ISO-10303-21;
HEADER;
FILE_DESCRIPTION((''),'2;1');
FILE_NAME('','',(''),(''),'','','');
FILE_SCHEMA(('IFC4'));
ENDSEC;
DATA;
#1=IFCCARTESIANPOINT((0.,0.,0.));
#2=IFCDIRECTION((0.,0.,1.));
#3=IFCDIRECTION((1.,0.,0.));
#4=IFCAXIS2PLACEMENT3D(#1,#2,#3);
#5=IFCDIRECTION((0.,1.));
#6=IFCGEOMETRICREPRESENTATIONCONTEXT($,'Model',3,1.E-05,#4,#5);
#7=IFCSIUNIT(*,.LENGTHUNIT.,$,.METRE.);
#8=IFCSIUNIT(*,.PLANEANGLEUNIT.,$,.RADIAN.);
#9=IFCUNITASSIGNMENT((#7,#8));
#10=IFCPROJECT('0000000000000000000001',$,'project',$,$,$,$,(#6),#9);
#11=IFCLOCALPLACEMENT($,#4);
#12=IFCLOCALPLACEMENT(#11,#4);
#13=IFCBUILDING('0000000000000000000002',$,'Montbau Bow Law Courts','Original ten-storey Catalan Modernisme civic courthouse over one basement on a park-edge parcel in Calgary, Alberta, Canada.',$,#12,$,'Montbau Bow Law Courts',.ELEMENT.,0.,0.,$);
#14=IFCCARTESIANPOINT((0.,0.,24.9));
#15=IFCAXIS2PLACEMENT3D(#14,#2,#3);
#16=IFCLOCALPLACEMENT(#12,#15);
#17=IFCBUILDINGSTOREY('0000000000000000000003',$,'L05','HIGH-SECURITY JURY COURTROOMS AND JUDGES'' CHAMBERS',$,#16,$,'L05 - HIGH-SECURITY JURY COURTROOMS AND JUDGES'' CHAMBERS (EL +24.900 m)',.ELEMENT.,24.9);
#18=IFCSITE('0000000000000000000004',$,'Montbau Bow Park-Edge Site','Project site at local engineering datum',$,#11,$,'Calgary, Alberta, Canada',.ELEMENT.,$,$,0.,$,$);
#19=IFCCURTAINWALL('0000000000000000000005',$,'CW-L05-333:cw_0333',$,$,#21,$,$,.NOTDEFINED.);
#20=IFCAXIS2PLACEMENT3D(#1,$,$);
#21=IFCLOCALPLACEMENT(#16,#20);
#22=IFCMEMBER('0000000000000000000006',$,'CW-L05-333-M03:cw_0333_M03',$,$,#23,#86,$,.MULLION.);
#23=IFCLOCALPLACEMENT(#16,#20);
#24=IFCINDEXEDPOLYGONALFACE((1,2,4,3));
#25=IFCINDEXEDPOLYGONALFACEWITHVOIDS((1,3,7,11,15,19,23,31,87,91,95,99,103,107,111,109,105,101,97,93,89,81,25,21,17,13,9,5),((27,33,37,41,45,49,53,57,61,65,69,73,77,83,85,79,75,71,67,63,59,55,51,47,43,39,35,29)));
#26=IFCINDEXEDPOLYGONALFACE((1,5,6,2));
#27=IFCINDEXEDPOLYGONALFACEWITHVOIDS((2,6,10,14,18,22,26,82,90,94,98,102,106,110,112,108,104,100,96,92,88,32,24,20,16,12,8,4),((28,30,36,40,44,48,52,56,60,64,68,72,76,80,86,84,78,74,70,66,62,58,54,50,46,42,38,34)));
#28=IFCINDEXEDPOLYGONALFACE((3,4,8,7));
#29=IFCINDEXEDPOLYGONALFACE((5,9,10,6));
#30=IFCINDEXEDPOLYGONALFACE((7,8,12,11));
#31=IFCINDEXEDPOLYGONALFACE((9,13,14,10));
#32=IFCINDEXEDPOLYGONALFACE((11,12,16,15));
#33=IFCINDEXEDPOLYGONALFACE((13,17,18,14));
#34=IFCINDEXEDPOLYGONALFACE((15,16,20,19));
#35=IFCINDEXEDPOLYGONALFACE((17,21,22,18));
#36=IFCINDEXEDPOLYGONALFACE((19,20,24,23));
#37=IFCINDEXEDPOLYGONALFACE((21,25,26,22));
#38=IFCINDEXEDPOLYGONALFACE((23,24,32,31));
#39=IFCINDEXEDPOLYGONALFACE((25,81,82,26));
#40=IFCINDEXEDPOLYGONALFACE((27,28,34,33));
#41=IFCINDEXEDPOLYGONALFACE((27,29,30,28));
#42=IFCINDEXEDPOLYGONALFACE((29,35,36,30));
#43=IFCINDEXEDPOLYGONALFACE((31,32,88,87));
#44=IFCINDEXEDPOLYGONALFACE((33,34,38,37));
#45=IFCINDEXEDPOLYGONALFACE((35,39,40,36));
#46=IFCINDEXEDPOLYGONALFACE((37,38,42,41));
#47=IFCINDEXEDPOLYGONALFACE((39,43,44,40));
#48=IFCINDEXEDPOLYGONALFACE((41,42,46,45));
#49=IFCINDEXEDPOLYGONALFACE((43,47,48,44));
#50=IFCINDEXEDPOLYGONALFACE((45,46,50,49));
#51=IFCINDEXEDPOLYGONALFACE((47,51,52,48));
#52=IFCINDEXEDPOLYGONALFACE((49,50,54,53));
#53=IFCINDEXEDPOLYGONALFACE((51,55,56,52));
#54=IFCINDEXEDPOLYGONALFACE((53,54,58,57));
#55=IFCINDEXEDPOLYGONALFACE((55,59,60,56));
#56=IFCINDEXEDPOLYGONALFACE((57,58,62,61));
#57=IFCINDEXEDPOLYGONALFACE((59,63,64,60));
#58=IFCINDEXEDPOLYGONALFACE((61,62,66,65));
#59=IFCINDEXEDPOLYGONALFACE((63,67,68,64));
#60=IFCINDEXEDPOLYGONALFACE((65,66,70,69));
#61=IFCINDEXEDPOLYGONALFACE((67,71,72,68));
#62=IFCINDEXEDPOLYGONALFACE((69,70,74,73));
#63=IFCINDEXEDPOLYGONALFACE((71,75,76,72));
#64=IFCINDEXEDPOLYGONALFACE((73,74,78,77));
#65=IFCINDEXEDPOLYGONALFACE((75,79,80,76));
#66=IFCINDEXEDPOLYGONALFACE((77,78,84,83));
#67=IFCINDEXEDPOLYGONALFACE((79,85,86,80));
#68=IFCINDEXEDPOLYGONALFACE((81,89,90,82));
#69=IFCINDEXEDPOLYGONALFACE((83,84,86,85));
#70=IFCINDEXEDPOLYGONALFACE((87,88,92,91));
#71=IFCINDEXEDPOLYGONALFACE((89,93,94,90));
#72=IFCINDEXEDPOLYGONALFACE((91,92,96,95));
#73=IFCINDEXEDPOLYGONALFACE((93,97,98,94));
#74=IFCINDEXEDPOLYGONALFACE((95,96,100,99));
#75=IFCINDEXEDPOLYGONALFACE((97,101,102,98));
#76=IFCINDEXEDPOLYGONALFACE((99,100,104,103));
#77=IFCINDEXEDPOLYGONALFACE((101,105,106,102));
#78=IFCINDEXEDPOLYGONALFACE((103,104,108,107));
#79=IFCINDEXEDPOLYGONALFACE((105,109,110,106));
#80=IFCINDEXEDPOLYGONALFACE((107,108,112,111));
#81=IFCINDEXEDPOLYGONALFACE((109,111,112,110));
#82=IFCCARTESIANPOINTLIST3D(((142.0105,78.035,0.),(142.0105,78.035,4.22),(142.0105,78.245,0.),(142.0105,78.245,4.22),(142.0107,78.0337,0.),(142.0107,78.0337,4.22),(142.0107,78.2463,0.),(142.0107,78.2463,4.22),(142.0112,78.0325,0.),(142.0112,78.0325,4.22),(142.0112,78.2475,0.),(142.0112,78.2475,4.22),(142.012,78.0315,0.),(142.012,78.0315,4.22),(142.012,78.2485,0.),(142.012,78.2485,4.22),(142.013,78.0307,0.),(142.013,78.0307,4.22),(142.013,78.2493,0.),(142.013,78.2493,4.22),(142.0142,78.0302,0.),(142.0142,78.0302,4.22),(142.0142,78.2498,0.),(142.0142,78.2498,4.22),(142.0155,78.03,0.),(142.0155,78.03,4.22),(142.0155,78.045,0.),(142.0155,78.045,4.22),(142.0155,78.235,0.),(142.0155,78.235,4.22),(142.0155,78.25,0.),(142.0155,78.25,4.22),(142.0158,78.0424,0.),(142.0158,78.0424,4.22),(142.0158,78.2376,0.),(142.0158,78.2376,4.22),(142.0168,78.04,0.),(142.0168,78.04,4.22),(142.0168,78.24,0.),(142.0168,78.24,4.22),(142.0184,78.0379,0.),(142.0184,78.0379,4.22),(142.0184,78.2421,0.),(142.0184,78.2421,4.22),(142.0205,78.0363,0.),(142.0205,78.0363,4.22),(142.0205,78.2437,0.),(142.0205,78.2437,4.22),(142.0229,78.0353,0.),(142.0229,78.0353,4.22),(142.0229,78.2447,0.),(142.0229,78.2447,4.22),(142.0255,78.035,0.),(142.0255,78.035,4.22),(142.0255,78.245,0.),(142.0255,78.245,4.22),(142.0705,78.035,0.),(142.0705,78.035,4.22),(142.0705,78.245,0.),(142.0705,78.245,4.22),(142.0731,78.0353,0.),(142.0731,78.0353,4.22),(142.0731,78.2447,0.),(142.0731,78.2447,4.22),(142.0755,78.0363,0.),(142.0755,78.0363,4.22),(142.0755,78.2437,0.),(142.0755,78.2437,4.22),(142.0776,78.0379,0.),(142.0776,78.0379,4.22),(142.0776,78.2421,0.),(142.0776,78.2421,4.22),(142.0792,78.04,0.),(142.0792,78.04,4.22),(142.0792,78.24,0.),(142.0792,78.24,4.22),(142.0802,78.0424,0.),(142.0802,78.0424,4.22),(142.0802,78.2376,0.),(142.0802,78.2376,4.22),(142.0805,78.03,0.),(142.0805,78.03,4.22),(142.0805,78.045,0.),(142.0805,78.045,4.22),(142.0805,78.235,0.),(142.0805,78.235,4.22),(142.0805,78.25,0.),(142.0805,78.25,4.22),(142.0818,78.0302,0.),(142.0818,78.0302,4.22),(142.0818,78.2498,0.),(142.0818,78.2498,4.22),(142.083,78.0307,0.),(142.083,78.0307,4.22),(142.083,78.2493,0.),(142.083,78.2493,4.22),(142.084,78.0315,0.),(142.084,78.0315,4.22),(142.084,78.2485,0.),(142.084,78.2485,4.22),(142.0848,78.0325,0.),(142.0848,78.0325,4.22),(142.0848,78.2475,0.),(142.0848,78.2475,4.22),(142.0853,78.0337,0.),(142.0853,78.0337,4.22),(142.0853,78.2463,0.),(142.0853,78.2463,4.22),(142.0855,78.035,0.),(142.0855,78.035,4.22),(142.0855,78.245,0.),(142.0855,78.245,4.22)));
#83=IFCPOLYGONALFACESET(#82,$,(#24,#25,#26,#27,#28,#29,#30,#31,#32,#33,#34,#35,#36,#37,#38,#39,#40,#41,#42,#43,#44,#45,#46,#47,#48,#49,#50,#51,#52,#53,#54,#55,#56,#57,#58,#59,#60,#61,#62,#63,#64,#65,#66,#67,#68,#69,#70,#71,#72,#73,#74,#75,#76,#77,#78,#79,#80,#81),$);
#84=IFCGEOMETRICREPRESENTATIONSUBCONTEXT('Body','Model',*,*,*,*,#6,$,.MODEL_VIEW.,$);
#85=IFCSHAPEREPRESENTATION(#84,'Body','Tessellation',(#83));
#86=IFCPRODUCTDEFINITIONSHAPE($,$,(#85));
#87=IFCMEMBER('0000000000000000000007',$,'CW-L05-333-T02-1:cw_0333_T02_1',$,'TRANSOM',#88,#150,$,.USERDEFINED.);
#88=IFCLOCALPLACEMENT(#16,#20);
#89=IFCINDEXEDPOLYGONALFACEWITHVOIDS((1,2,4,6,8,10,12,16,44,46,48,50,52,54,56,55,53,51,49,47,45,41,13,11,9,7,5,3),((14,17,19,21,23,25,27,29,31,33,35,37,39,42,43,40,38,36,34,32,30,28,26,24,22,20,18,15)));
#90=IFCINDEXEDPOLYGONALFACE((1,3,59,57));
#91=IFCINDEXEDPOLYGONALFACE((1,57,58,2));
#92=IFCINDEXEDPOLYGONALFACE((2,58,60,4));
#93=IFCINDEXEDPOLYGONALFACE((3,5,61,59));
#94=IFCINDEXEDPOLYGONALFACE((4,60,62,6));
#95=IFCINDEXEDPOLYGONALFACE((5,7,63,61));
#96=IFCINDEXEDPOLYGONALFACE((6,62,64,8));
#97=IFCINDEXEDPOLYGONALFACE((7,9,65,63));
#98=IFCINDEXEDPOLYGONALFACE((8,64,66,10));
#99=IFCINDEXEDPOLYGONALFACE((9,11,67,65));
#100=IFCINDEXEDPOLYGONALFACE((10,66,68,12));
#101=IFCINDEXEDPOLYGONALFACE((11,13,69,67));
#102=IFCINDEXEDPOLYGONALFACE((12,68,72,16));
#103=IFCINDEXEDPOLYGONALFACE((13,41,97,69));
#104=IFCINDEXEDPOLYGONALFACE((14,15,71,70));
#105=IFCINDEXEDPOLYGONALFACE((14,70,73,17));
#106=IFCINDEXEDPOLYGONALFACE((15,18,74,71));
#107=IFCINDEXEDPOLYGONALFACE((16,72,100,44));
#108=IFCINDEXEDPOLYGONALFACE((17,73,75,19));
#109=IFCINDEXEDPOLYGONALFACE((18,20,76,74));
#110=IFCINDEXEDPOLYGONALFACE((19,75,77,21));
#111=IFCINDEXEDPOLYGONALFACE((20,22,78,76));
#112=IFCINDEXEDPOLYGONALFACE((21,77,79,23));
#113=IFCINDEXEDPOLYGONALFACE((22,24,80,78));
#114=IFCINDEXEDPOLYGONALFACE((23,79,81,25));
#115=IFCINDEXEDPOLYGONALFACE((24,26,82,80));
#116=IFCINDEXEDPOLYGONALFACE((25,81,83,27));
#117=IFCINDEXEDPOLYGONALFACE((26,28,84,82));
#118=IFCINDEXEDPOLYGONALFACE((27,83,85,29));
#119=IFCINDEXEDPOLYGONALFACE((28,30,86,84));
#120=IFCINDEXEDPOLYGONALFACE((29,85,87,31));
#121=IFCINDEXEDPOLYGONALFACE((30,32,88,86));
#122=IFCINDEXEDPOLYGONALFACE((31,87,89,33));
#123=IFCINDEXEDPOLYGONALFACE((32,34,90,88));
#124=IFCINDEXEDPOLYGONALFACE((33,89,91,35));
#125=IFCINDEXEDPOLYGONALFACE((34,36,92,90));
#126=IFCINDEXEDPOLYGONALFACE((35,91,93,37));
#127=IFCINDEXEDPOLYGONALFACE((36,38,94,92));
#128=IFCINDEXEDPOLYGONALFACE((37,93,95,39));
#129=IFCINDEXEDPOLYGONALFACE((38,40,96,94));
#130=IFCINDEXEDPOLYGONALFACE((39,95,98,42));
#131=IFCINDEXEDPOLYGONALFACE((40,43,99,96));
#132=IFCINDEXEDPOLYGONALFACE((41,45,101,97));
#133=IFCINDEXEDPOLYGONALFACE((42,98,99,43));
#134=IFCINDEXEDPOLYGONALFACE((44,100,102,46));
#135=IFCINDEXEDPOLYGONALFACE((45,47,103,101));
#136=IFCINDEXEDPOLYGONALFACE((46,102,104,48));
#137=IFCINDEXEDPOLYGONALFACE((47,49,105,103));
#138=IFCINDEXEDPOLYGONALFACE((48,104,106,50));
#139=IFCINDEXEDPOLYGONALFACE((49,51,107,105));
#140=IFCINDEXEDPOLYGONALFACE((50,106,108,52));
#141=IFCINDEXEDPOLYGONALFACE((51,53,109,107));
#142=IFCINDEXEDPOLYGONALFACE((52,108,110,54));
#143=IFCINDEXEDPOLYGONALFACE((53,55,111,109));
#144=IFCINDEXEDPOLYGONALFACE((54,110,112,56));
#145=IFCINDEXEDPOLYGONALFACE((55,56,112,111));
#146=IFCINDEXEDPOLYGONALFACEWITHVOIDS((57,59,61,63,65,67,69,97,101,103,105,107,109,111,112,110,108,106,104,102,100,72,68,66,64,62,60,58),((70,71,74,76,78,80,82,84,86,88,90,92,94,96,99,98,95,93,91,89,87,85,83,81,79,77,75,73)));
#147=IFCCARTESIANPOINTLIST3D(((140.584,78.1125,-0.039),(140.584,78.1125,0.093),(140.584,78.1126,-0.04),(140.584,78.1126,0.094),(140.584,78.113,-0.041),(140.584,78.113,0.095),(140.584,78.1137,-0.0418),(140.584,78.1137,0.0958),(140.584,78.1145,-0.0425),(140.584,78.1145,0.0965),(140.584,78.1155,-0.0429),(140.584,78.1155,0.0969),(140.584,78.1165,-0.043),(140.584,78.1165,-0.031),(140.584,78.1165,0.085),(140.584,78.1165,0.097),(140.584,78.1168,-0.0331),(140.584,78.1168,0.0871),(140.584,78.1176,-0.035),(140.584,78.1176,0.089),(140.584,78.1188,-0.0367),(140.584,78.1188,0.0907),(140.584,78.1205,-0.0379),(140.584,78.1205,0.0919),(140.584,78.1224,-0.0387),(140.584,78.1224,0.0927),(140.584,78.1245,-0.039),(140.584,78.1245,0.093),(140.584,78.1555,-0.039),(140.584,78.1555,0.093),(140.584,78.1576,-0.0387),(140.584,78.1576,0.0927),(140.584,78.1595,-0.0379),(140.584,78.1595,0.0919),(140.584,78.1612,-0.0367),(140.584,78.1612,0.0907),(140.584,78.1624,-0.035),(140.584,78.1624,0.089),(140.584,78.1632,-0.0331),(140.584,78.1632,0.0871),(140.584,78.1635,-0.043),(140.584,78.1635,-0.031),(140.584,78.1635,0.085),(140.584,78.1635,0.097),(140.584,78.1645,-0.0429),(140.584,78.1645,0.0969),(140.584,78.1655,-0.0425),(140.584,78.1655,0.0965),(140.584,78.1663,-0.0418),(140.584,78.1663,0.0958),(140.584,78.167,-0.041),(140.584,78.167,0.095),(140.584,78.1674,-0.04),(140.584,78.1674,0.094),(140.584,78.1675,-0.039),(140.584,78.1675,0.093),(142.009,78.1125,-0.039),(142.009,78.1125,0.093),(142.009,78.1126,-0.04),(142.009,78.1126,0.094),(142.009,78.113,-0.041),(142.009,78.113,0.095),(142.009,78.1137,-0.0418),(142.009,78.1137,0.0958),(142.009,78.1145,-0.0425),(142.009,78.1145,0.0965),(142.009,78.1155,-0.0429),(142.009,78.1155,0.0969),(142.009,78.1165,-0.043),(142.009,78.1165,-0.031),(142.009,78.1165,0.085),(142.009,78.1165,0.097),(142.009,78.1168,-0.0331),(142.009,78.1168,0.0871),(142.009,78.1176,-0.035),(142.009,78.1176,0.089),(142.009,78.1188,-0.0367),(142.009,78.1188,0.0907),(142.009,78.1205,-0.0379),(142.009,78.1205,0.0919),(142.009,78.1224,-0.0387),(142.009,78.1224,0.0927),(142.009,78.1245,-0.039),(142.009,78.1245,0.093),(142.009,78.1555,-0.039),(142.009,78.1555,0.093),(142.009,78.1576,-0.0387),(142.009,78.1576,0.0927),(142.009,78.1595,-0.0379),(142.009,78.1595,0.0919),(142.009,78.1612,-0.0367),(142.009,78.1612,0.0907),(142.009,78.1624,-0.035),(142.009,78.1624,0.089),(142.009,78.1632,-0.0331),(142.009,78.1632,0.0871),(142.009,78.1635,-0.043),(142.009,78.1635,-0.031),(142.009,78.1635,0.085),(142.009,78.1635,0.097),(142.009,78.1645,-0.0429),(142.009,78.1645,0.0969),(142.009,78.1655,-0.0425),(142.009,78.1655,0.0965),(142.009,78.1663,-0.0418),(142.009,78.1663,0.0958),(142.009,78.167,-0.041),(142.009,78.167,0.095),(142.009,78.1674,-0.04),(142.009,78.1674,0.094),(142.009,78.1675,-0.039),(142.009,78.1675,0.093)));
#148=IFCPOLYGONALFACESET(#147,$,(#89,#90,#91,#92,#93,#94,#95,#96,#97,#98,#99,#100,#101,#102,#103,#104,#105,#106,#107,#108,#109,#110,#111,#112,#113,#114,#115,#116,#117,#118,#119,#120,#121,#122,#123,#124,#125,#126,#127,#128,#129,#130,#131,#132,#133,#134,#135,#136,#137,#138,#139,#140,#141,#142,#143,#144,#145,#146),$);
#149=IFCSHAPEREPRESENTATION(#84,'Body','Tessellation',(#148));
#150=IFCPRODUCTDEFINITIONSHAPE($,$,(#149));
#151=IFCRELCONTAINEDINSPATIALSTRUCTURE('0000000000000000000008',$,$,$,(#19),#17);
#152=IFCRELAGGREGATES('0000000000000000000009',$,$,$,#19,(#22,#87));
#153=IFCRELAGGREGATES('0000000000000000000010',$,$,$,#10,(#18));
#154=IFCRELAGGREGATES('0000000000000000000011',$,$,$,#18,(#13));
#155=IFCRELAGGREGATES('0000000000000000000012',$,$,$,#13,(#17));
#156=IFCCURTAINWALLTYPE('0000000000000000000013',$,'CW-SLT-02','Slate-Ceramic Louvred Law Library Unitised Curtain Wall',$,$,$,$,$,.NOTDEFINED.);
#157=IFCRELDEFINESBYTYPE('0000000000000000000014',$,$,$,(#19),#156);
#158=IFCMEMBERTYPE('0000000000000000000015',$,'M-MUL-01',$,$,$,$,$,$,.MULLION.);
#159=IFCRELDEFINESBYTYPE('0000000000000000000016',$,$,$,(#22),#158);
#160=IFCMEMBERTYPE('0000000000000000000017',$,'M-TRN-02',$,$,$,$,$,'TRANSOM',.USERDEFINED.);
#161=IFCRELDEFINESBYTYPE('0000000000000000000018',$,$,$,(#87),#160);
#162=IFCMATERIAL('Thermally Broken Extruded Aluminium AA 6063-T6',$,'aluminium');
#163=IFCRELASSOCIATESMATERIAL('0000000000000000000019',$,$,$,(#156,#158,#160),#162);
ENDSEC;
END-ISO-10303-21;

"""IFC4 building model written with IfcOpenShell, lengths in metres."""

from ifc_helpers import new_model, si_unit, direction, frame, origin_with_axes, origin_2d_with_axis, place, context, subcontext, project, spatial, hollow_rectangle, extrude, material, material_profile, profile_set, type_object, element, aggregate, save


model = new_model("IFC4")

# Units and contexts
model_context = context("Model", 3, precision=1e-05, world=origin_with_axes(), true_north=direction((0.0, 1.0)))
body_context = subcontext(model_context, "Body", "Model", "MODEL_VIEW")
ifc_project = project(units=[si_unit("LENGTHUNIT", "METRE"), si_unit("PLANEANGLEUNIT", "RADIAN")], contexts=[model_context])

# Site, building, storey
site_placement = place(None, origin_with_axes())
site = spatial("IfcSite", under=ifc_project, at=site_placement, Name="Montbau Bow Park-Edge Site", Description="Project site at local engineering datum", LongName="Calgary, Alberta, Canada", CompositionType="ELEMENT", RefElevation=0.0)
building_placement = place(site_placement, origin_with_axes())
building = spatial("IfcBuilding", under=site, at=building_placement, Name="Montbau Bow Law Courts", Description="Original ten-storey Catalan Modernisme civic courthouse over one basement on a park-edge parcel in Calgary, Alberta, Canada.", LongName="Montbau Bow Law Courts", CompositionType="ELEMENT", ElevationOfRefHeight=0.0, ElevationOfTerrain=0.0)
storey_placement = place(building_placement, frame((0.0, 0.0, 24.9), z_axis=(0.0, 0.0, 1.0), x_axis=(1.0, 0.0, 0.0)))
storey = spatial("IfcBuildingStorey", under=building, at=storey_placement, Name="L05", Description="HIGH-SECURITY JURY COURTROOMS AND JUDGES' CHAMBERS", LongName="L05 - HIGH-SECURITY JURY COURTROOMS AND JUDGES' CHAMBERS (EL +24.900 m)", CompositionType="ELEMENT", Elevation=24.9)

# Curtain wall, members
ifc_material_1 = material(Name="Thermally Broken Extruded Aluminium AA 6063-T6", Category="aluminium")
curtain_wall_type = type_object("IfcCurtainWallType", Name="CW-SLT-02", Description="Slate-Ceramic Louvred Law Library Unitised Curtain Wall", PredefinedType="NOTDEFINED", material=ifc_material_1)
curtain_wall_placement = place(None, frame((139.04, 78.14, 24.9), z_axis=(0.0, 0.0, 1.0), x_axis=(1.0, 0.0, 0.0)))
curtain_wall = element("IfcCurtainWall", 1, at=curtain_wall_placement, inside=storey, type_object=curtain_wall_type, Name="CW-L05-333:cw_0333", PredefinedType="NOTDEFINED")
ifc_material_profile_1 = material_profile(ifc_material_1, hollow_rectangle(XDim=0.075, YDim=0.22, WallThickness=0.005, InnerFilletRadius=0.01, OuterFilletRadius=0.005, at=origin_2d_with_axis()), Name="CWM-220X75", Category="Main", Priority=0)
ifc_profile_set_1 = profile_set([ifc_material_profile_1], Name="Thermally Broken Extruded Aluminium AA 6063-T6")
member_type_1 = type_object("IfcMemberType", Name="M-MUL-01", PredefinedType="MULLION", material=ifc_profile_set_1)
member_1_placement = place(None, frame((142.048, 78.14, 24.9), z_axis=(0.0, 0.0, 1.0), x_axis=(1.0, 0.0, 0.0)))
member_1 = element("IfcMember", 2, at=member_1_placement, type_object=member_type_1, Name="CW-L05-333-M03:cw_0333_M03", PredefinedType="MULLION", context=body_context, shape_type="SweptSolid", body=[
    extrude(hollow_rectangle(XDim=0.075, YDim=0.22, WallThickness=0.005, InnerFilletRadius=0.01, OuterFilletRadius=0.005, at=origin_2d_with_axis()), origin_with_axes(), (0.0, 0.0, 1.0), 4.22),
])
ifc_material_profile_2 = material_profile(ifc_material_1, hollow_rectangle(XDim=0.055, YDim=0.14, WallThickness=0.004, InnerFilletRadius=0.008, OuterFilletRadius=0.004, at=origin_2d_with_axis()), Name="CWT-140X55", Category="Main", Priority=0)
ifc_profile_set_2 = profile_set([ifc_material_profile_2], Name="Thermally Broken Extruded Aluminium AA 6063-T6")
member_type_2 = type_object("IfcMemberType", Name="M-TRN-02", ElementType="TRANSOM", PredefinedType="USERDEFINED", material=ifc_profile_set_2)
member_2_placement = place(None, frame((140.584, 78.14, 24.927), z_axis=(1.0, 0.0, 0.0), x_axis=(0.0, 1.0, 0.0)))
member_2 = element("IfcMember", 3, at=member_2_placement, type_object=member_type_2, Name="CW-L05-333-T02-1:cw_0333_T02_1", ObjectType="TRANSOM", PredefinedType="USERDEFINED", context=body_context, shape_type="SweptSolid", body=[
    extrude(hollow_rectangle(XDim=0.055, YDim=0.14, WallThickness=0.004, InnerFilletRadius=0.008, OuterFilletRadius=0.004, at=origin_2d_with_axis()), origin_with_axes(), (0.0, 0.0, 1.0), 1.425),
])
aggregate(curtain_wall, [member_1, member_2])

save(model, "model.ifc")
